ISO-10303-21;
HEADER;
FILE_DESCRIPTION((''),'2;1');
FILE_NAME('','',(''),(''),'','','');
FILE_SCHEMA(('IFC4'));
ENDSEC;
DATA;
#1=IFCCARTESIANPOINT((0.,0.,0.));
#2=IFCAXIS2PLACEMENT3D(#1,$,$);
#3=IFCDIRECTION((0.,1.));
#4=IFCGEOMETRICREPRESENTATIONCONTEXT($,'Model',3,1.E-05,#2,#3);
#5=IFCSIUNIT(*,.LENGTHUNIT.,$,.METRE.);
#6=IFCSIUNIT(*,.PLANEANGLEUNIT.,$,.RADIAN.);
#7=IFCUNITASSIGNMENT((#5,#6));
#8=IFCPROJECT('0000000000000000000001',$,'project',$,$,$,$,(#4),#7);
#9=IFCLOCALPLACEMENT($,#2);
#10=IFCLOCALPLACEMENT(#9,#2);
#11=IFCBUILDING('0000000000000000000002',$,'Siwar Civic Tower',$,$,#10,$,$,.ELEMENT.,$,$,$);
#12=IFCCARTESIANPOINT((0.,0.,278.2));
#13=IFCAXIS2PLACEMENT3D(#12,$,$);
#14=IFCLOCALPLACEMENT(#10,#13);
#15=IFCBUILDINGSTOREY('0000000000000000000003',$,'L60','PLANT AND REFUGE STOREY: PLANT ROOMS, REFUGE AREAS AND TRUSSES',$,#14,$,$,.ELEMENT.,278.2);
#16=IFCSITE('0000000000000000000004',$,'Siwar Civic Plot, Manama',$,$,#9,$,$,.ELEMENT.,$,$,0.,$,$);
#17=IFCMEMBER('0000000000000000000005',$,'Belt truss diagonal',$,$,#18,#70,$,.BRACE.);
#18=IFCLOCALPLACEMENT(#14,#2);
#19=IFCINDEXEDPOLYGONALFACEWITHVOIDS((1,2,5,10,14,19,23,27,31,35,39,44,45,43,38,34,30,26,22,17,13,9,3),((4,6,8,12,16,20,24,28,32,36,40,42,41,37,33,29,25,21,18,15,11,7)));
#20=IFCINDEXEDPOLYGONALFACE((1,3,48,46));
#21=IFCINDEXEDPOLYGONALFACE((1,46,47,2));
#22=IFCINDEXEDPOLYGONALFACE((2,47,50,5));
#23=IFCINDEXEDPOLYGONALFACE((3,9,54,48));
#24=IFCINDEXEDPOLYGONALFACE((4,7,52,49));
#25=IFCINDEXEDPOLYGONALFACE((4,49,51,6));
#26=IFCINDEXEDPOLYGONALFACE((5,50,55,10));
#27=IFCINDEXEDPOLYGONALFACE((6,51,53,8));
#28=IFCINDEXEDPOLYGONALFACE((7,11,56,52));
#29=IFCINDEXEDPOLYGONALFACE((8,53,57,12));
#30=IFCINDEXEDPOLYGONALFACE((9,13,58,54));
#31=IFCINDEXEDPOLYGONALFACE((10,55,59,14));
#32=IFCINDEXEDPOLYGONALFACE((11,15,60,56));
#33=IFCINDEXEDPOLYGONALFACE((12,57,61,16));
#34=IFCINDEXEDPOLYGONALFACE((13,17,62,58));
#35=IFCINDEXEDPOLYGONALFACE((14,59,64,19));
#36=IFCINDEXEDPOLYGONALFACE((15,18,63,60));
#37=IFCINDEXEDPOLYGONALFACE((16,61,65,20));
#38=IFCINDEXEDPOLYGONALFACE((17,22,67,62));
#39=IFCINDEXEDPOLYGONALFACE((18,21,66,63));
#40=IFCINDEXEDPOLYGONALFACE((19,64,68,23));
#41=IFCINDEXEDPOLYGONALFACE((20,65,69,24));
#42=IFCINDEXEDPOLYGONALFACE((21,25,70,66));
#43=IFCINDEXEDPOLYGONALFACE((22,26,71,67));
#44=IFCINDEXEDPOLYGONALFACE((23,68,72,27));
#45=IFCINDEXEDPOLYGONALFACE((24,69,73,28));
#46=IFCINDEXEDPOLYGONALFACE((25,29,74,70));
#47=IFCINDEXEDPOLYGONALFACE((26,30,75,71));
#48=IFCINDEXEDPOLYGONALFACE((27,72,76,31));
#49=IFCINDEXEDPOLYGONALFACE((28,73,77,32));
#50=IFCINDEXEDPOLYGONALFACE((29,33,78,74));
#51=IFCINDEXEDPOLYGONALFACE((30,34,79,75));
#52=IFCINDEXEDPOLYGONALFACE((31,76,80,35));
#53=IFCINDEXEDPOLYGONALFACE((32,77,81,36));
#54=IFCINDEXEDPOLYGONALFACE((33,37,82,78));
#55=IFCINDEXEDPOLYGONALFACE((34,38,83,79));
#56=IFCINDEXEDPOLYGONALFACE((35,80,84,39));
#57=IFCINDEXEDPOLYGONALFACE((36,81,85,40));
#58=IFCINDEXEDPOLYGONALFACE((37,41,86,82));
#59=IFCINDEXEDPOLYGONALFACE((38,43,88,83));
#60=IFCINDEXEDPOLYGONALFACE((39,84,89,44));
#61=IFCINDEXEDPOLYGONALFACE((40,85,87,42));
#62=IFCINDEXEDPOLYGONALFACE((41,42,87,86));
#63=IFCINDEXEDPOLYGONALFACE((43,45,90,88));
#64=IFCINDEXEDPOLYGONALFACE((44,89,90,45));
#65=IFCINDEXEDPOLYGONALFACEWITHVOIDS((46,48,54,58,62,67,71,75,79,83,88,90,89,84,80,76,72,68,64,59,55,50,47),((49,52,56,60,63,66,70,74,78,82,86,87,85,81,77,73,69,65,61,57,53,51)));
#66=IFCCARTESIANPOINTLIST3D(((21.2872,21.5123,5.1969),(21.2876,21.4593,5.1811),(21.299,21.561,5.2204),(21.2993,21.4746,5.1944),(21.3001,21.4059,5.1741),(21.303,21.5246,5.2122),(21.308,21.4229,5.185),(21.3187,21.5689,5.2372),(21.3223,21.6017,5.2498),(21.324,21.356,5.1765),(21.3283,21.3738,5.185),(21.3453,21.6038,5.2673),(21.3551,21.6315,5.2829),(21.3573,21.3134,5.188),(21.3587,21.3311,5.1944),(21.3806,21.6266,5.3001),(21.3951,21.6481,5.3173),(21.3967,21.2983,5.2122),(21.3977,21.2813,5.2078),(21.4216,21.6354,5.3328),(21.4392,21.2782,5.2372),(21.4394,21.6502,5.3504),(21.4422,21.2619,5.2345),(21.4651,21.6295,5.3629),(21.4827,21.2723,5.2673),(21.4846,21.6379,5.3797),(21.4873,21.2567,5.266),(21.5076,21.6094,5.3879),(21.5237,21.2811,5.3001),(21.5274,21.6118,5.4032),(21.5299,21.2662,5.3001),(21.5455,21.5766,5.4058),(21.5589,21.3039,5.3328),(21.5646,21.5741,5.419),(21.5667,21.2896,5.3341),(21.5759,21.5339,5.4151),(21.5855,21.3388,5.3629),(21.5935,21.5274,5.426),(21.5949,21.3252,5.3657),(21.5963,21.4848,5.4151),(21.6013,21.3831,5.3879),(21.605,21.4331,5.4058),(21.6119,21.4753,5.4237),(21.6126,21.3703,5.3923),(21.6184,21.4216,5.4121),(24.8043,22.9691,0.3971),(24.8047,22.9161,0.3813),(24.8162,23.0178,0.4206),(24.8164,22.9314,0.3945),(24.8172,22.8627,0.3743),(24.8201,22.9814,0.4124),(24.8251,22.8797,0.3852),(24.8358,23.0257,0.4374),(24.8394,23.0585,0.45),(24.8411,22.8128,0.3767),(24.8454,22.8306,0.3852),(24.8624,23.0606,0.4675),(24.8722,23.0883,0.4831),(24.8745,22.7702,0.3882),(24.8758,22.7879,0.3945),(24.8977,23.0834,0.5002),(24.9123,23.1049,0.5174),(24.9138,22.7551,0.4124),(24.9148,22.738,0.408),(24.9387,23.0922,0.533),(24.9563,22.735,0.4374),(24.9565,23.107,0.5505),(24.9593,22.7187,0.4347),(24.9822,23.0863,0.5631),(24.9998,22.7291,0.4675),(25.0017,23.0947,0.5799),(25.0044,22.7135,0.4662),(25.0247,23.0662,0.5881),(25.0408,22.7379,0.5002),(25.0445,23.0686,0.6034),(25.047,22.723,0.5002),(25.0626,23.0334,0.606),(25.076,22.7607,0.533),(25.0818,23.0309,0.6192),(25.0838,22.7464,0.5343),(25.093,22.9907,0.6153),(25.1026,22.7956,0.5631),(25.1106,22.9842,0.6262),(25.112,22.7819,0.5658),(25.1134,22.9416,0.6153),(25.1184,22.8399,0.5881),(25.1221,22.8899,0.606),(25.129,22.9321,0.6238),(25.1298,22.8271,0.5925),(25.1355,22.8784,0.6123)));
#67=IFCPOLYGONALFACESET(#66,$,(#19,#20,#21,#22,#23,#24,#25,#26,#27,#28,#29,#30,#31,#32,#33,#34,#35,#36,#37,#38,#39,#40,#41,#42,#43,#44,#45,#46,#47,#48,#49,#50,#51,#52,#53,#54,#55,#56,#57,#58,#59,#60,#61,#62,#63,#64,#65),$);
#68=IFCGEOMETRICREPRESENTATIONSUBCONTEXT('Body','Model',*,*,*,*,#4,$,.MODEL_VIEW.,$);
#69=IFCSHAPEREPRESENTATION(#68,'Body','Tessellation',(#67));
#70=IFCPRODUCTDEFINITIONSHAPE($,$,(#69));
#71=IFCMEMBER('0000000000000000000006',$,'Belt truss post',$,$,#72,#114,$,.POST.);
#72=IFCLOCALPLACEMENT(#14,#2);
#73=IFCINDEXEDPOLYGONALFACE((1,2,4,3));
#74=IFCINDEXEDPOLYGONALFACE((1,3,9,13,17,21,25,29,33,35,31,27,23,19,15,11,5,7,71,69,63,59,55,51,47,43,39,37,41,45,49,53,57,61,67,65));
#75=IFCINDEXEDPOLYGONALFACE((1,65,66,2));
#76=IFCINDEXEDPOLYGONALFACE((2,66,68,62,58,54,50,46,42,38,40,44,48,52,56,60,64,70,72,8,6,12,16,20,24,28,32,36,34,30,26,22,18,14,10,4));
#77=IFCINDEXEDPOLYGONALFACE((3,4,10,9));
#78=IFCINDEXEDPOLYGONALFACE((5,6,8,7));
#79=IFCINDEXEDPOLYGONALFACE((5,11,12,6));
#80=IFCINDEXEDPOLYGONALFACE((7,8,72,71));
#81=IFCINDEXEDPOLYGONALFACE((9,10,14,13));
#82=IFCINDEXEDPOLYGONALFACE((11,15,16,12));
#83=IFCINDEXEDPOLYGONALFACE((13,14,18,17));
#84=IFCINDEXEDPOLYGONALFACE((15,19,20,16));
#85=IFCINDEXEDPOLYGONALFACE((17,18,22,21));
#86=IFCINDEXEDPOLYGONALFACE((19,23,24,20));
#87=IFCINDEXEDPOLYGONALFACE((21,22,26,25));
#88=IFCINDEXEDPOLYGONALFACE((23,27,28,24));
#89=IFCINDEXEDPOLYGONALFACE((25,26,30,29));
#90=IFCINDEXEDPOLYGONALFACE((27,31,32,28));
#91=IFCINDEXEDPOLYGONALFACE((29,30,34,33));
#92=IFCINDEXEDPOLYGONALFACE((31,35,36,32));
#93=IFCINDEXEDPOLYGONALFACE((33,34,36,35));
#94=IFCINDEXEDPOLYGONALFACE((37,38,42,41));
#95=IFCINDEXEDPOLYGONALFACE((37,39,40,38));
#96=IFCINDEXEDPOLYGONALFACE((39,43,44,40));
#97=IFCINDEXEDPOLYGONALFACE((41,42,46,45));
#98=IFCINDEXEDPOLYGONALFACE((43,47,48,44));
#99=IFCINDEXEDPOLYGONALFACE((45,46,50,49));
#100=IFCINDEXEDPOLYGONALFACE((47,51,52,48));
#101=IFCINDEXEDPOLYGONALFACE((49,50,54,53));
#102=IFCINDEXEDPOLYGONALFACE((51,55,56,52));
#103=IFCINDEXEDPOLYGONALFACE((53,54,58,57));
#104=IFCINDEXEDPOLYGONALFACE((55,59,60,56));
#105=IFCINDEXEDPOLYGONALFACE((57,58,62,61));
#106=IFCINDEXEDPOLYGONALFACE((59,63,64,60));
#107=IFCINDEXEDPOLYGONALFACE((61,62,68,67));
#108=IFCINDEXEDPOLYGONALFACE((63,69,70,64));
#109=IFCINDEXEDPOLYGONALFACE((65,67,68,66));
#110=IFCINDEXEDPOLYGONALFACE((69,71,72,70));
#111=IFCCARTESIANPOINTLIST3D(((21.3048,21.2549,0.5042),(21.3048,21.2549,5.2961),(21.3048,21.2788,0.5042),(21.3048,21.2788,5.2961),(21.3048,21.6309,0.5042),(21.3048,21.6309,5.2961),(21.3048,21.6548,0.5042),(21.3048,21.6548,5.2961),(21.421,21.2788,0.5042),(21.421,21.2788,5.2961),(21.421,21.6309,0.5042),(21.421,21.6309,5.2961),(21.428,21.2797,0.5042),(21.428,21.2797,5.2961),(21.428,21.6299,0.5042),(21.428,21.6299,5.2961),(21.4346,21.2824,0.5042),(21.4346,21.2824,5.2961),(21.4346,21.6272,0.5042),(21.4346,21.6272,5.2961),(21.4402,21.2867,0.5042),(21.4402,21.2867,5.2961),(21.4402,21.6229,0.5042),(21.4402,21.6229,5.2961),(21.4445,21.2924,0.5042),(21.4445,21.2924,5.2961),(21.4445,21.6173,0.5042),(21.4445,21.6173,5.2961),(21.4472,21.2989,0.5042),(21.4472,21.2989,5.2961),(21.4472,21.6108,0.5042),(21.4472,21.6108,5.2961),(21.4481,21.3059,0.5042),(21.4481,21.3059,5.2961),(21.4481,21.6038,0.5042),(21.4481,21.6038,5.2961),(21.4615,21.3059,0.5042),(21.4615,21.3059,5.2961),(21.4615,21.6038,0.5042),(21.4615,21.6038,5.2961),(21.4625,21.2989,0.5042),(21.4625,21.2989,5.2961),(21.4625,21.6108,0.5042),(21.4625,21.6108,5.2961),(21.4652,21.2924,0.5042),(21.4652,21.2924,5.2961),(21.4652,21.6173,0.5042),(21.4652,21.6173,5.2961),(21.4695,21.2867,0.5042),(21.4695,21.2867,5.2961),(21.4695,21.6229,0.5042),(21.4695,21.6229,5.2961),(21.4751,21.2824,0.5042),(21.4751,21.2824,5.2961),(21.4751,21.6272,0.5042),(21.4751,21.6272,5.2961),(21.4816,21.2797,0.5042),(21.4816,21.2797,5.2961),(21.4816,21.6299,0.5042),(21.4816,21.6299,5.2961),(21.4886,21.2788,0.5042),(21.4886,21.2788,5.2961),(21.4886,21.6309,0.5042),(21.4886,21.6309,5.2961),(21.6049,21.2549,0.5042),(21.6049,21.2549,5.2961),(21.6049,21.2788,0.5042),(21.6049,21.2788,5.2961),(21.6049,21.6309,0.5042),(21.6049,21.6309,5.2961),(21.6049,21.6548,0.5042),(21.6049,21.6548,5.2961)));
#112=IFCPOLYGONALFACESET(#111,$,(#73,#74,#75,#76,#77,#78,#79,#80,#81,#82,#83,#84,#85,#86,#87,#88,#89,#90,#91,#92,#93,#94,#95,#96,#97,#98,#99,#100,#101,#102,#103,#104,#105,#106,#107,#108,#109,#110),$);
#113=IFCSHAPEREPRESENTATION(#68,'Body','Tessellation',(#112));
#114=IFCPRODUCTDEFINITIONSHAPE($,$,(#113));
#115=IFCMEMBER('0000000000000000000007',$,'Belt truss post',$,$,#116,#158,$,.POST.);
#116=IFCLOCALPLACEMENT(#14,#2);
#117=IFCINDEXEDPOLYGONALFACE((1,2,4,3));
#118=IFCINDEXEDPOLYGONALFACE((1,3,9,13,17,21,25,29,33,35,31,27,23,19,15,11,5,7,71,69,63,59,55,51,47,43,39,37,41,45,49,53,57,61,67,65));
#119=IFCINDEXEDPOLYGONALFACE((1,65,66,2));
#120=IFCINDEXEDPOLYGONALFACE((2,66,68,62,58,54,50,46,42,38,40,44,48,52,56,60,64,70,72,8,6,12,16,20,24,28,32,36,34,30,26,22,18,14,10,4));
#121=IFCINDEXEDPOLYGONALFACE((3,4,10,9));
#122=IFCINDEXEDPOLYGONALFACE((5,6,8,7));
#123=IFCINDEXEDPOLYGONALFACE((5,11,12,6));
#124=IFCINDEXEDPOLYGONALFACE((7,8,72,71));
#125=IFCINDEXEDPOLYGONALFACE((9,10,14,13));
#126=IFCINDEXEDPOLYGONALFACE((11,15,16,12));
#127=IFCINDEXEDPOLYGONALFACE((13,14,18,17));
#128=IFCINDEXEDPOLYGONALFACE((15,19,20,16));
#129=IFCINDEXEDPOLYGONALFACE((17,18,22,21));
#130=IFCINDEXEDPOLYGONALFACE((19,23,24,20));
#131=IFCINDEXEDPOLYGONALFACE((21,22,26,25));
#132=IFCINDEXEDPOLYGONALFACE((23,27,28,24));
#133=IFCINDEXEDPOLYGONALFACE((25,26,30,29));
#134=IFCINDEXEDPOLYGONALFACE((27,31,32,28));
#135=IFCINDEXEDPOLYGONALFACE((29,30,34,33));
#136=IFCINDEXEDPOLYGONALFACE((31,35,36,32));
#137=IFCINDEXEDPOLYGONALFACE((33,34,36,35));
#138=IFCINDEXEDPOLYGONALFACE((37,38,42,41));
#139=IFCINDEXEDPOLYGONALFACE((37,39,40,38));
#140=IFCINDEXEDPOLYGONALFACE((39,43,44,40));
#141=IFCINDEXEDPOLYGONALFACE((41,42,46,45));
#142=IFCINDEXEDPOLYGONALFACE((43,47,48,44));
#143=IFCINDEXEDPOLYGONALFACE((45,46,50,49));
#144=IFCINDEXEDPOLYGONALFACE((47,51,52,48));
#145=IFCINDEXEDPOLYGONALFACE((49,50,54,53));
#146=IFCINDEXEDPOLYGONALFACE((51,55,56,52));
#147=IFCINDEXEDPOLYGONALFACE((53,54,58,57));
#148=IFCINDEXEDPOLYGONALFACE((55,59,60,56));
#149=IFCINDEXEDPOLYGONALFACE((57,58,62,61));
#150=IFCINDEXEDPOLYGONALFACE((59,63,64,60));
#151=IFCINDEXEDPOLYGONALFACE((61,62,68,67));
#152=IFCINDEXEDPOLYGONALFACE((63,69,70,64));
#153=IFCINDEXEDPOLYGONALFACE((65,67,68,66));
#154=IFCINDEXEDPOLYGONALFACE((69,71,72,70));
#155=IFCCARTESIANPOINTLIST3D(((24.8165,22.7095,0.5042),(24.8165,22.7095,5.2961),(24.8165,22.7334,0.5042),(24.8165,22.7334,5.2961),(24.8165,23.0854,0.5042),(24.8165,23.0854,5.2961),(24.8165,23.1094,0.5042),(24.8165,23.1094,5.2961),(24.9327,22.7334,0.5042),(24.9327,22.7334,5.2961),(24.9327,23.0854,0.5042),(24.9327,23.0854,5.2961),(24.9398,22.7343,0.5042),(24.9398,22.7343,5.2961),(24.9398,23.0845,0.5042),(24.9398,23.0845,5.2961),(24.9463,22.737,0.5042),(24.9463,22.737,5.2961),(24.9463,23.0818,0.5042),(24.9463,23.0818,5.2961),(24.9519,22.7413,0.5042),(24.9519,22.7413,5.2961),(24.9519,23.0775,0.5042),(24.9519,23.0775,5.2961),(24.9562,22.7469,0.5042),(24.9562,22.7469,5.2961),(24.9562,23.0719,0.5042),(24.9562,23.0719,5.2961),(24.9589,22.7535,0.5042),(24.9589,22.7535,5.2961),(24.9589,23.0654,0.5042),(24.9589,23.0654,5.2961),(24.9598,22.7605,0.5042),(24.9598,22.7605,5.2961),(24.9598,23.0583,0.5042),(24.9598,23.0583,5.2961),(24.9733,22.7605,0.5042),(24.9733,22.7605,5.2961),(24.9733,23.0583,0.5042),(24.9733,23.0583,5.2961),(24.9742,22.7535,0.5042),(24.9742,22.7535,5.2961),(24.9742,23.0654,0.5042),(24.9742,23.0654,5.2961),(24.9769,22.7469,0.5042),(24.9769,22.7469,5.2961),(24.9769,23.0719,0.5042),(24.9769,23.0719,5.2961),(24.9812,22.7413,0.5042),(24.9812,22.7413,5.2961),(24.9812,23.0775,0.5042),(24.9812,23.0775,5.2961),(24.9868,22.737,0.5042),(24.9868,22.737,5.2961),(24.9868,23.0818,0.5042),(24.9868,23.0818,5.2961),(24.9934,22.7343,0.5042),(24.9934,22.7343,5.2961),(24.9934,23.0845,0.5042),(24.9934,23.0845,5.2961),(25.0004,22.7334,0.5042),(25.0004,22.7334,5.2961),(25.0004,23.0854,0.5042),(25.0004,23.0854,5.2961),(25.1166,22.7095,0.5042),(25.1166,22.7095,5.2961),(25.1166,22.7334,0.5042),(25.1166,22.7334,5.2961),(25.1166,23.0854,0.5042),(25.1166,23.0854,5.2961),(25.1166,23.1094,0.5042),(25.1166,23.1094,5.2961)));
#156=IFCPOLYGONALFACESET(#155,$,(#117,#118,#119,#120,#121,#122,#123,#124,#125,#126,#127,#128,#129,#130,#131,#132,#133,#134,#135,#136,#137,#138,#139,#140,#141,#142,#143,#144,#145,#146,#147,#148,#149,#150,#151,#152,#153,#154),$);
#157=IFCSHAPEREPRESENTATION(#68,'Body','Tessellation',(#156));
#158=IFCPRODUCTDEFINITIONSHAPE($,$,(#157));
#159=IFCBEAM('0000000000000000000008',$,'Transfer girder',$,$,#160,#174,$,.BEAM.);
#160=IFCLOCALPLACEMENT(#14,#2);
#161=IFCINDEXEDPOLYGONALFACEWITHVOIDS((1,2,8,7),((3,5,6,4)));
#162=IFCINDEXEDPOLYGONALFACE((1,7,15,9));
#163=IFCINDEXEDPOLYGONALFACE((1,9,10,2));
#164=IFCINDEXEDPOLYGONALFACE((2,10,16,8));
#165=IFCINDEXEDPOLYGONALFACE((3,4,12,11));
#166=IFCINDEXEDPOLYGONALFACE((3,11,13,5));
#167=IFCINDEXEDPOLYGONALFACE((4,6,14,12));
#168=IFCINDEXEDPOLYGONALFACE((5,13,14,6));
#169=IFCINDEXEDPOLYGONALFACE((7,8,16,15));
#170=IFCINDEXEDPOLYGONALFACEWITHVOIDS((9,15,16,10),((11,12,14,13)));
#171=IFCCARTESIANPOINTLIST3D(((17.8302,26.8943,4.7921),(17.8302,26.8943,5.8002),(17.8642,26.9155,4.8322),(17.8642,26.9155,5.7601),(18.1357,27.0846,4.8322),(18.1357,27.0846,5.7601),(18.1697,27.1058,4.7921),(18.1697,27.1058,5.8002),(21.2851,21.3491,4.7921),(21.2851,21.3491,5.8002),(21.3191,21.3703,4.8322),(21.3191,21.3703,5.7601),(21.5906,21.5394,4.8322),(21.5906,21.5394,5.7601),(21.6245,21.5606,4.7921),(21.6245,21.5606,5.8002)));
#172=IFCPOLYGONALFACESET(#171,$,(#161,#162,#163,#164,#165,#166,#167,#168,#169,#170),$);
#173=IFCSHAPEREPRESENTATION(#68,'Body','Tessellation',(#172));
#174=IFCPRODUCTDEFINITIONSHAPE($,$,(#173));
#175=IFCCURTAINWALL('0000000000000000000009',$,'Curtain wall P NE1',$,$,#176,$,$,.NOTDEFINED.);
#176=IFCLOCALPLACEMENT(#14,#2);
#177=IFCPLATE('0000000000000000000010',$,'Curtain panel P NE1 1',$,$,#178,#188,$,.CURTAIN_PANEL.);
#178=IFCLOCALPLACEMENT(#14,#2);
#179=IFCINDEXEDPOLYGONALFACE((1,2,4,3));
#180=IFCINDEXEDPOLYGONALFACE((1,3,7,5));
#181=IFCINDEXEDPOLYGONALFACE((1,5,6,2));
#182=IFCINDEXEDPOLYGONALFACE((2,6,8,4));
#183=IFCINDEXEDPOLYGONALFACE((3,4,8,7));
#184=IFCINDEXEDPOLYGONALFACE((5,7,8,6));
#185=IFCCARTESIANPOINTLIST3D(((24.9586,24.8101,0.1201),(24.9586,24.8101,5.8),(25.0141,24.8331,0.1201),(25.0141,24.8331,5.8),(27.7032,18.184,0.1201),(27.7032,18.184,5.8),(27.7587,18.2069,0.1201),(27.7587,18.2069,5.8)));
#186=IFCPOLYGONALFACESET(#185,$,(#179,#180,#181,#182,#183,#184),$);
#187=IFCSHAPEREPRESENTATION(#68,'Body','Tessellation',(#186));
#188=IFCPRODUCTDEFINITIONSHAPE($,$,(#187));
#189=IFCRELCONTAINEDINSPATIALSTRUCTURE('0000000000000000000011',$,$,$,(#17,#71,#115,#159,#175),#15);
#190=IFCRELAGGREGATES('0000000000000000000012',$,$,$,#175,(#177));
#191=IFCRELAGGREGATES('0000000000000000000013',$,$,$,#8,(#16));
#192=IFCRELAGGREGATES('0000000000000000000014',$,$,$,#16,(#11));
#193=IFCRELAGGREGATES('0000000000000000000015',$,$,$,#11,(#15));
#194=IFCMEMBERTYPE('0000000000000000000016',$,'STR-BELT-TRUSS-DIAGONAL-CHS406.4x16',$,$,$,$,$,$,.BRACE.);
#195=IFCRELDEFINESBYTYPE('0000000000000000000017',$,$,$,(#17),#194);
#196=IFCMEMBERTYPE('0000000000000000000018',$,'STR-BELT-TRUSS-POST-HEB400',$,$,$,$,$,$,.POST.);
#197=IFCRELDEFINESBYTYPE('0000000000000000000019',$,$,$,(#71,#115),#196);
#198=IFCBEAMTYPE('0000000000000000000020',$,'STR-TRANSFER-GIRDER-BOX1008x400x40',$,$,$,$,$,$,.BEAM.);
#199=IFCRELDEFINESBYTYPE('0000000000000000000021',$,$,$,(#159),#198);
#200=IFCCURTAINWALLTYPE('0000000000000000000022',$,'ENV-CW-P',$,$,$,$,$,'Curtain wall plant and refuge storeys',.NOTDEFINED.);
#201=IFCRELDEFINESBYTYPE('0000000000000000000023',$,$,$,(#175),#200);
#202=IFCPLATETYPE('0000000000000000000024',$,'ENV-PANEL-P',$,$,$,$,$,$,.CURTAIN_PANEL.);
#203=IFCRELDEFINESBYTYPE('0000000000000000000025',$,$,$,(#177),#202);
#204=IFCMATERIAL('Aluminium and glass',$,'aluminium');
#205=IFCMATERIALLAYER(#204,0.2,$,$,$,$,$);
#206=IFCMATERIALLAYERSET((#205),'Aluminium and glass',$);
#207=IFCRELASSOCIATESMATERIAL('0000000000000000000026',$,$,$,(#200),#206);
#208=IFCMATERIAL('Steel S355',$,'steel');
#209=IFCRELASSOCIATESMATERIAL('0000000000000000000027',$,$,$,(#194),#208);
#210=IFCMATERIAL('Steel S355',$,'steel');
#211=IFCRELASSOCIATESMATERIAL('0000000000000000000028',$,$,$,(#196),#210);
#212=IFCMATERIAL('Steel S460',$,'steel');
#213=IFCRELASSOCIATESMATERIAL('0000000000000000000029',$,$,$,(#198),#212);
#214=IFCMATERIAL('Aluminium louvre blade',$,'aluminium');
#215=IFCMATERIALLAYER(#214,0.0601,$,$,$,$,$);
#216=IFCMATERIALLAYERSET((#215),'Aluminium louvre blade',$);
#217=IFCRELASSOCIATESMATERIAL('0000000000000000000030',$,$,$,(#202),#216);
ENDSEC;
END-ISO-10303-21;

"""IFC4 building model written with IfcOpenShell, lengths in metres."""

from ifc_helpers import new_model, si_unit, direction, frame, origin, origin_2d, place, context, subcontext, project, spatial, rectangle, hollow_rectangle, hollow_circle, i_section, extrude, material, layer, layer_set, material_profile, profile_set, type_object, element, aggregate, save


model = new_model("IFC4")

# Units and contexts
model_context = context("Model", 3, precision=1e-05, world=origin(), true_north=direction((0.0, 1.0)))
body_context = subcontext(model_context, "Body", "Model", "MODEL_VIEW")
ifc_project = project(units=[si_unit("LENGTHUNIT", "METRE"), si_unit("PLANEANGLEUNIT", "RADIAN")], contexts=[model_context])

# Site, building, storey
site_placement = place(None, origin())
site = spatial("IfcSite", under=ifc_project, at=site_placement, Name="Siwar Civic Plot, Manama", CompositionType="ELEMENT", RefElevation=0.0)
building_placement = place(site_placement, origin())
building = spatial("IfcBuilding", under=site, at=building_placement, Name="Siwar Civic Tower", CompositionType="ELEMENT")
storey_placement = place(building_placement, frame((0.0, 0.0, 278.2)))
storey = spatial("IfcBuildingStorey", under=building, at=storey_placement, Name="L60", Description="PLANT AND REFUGE STOREY: PLANT ROOMS, REFUGE AREAS AND TRUSSES", CompositionType="ELEMENT", Elevation=278.2)

# Shared definitions
ifc_material_1 = material(Name="Aluminium and glass", Category="aluminium")
ifc_layer_1 = layer(ifc_material_1, 0.2)
ifc_layer_set_1 = layer_set([ifc_layer_1], Name="Aluminium and glass")
curtain_wall_type = type_object("IfcCurtainWallType", Name="ENV-CW-P", ElementType="Curtain wall plant and refuge storeys", PredefinedType="NOTDEFINED", material=ifc_layer_set_1)

# Members
ifc_material_2 = material(Name="Steel S355", Category="steel")
ifc_material_profile_1 = material_profile(ifc_material_2, hollow_circle(Radius=0.2031, WallThickness=0.0161, at=origin_2d()), Name="CHS406.4x16")
ifc_profile_set_1 = profile_set([ifc_material_profile_1], Name="Steel S355")
member_type_1 = type_object("IfcMemberType", Name="STR-BELT-TRUSS-DIAGONAL-CHS406.4x16", PredefinedType="BRACE", material=ifc_profile_set_1)
member_1_placement = place(storey_placement, frame((24.9692, 22.9106, 0.5002), z_axis=(-0.574107, -0.237796, 0.783489), x_axis=(0.382675, -0.923883, 0.0)))
element("IfcMember", 1, at=member_1_placement, inside=storey, type_object=member_type_1, Name="Belt truss diagonal", PredefinedType="BRACE", context=body_context, shape_type="SweptSolid", body=[
    extrude(hollow_circle(Radius=0.2031, WallThickness=0.0161, at=origin_2d()), origin(), (0.0, 0.0, 1.0), 6.1262),
])
ifc_material_3 = material(Name="Steel S355", Category="steel")
ifc_material_profile_2 = material_profile(ifc_material_3, i_section(OverallWidth=0.3, OverallDepth=0.3999, WebThickness=0.0134, FlangeThickness=0.0239, FilletRadius=0.0271, at=origin_2d()), Name="HEB400")
ifc_profile_set_2 = profile_set([ifc_material_profile_2], Name="Steel S355")
member_type_2 = type_object("IfcMemberType", Name="STR-BELT-TRUSS-POST-HEB400", PredefinedType="POST", material=ifc_profile_set_2)
for number, where, z_axis, x_axis, name in (
    (2, (21.4548, 21.4548, 0.5042), (0.0, 0.0, 1.0), (1.0, 0.0, 0.0), "Belt truss post"),
    (3, (24.9666, 22.9094, 0.5042), (0.0, 0.0, 1.0), (1.0, 0.0, 0.0), "Belt truss post"),
):
    element("IfcMember", number, at=place(storey_placement, frame(where, z_axis=z_axis, x_axis=x_axis)), inside=storey, type_object=member_type_2, Name=name, PredefinedType="POST", context=body_context, shape_type="SweptSolid", body=[
        extrude(i_section(OverallWidth=0.3, OverallDepth=0.3999, WebThickness=0.0134, FlangeThickness=0.0239, FilletRadius=0.0271, at=origin_2d()), origin(), (0.0, 0.0, 1.0), 4.792),
    ])

# Beam
ifc_material_4 = material(Name="Steel S460", Category="steel")
ifc_material_profile_3 = material_profile(ifc_material_4, hollow_rectangle(XDim=0.3999, YDim=1.0081, WallThickness=0.04, at=origin_2d()), Name="BOX1008x400x40")
ifc_profile_set_3 = profile_set([ifc_material_profile_3], Name="Steel S460")
beam_type_1 = type_object("IfcBeamType", Name="STR-TRANSFER-GIRDER-BOX1008x400x40", PredefinedType="BEAM", material=ifc_profile_set_3)
beam_placement = place(storey_placement, frame((21.4548, 21.4548, 5.2961), z_axis=(-0.528799, 0.848747, 0.0), x_axis=(-0.848747, -0.528799, 0.0)))
element("IfcBeam", 4, at=beam_placement, inside=storey, type_object=beam_type_1, Name="Transfer girder", PredefinedType="BEAM", context=body_context, shape_type="SweptSolid", body=[
    extrude(hollow_rectangle(XDim=0.3999, YDim=1.0081, WallThickness=0.04, at=origin_2d()), origin(), (0.0, 0.0, 1.0), 6.5334),
])

# Curtain wall, plate
curtain_wall_1_placement = place(storey_placement, origin())
curtain_wall_1 = element("IfcCurtainWall", 5, at=curtain_wall_1_placement, inside=storey, type_object=curtain_wall_type, Name="Curtain wall P NE1", PredefinedType="NOTDEFINED")
ifc_material_5 = material(Name="Aluminium louvre blade", Category="aluminium")
ifc_layer_2 = layer(ifc_material_5, 0.0601)
ifc_layer_set_2 = layer_set([ifc_layer_2], Name="Aluminium louvre blade")
plate_type = type_object("IfcPlateType", Name="ENV-PANEL-P", PredefinedType="CURTAIN_PANEL", material=ifc_layer_set_2)
plate_1_placement = place(storey_placement, frame((26.3586, 21.5085, 0.1201), z_axis=(0.0, 0.0, 1.0), x_axis=(-0.382683, 0.92388, 0.0)))
plate_1 = element("IfcPlate", 6, at=plate_1_placement, type_object=plate_type, Name="Curtain panel P NE1 1", PredefinedType="CURTAIN_PANEL", context=body_context, shape_type="SweptSolid", body=[
    extrude(rectangle(XDim=7.1721, YDim=0.0601, at=origin_2d()), origin(), (0.0, 0.0, 1.0), 5.6799),
])
aggregate(curtain_wall_1, [plate_1])

save(model, "model.ifc")
